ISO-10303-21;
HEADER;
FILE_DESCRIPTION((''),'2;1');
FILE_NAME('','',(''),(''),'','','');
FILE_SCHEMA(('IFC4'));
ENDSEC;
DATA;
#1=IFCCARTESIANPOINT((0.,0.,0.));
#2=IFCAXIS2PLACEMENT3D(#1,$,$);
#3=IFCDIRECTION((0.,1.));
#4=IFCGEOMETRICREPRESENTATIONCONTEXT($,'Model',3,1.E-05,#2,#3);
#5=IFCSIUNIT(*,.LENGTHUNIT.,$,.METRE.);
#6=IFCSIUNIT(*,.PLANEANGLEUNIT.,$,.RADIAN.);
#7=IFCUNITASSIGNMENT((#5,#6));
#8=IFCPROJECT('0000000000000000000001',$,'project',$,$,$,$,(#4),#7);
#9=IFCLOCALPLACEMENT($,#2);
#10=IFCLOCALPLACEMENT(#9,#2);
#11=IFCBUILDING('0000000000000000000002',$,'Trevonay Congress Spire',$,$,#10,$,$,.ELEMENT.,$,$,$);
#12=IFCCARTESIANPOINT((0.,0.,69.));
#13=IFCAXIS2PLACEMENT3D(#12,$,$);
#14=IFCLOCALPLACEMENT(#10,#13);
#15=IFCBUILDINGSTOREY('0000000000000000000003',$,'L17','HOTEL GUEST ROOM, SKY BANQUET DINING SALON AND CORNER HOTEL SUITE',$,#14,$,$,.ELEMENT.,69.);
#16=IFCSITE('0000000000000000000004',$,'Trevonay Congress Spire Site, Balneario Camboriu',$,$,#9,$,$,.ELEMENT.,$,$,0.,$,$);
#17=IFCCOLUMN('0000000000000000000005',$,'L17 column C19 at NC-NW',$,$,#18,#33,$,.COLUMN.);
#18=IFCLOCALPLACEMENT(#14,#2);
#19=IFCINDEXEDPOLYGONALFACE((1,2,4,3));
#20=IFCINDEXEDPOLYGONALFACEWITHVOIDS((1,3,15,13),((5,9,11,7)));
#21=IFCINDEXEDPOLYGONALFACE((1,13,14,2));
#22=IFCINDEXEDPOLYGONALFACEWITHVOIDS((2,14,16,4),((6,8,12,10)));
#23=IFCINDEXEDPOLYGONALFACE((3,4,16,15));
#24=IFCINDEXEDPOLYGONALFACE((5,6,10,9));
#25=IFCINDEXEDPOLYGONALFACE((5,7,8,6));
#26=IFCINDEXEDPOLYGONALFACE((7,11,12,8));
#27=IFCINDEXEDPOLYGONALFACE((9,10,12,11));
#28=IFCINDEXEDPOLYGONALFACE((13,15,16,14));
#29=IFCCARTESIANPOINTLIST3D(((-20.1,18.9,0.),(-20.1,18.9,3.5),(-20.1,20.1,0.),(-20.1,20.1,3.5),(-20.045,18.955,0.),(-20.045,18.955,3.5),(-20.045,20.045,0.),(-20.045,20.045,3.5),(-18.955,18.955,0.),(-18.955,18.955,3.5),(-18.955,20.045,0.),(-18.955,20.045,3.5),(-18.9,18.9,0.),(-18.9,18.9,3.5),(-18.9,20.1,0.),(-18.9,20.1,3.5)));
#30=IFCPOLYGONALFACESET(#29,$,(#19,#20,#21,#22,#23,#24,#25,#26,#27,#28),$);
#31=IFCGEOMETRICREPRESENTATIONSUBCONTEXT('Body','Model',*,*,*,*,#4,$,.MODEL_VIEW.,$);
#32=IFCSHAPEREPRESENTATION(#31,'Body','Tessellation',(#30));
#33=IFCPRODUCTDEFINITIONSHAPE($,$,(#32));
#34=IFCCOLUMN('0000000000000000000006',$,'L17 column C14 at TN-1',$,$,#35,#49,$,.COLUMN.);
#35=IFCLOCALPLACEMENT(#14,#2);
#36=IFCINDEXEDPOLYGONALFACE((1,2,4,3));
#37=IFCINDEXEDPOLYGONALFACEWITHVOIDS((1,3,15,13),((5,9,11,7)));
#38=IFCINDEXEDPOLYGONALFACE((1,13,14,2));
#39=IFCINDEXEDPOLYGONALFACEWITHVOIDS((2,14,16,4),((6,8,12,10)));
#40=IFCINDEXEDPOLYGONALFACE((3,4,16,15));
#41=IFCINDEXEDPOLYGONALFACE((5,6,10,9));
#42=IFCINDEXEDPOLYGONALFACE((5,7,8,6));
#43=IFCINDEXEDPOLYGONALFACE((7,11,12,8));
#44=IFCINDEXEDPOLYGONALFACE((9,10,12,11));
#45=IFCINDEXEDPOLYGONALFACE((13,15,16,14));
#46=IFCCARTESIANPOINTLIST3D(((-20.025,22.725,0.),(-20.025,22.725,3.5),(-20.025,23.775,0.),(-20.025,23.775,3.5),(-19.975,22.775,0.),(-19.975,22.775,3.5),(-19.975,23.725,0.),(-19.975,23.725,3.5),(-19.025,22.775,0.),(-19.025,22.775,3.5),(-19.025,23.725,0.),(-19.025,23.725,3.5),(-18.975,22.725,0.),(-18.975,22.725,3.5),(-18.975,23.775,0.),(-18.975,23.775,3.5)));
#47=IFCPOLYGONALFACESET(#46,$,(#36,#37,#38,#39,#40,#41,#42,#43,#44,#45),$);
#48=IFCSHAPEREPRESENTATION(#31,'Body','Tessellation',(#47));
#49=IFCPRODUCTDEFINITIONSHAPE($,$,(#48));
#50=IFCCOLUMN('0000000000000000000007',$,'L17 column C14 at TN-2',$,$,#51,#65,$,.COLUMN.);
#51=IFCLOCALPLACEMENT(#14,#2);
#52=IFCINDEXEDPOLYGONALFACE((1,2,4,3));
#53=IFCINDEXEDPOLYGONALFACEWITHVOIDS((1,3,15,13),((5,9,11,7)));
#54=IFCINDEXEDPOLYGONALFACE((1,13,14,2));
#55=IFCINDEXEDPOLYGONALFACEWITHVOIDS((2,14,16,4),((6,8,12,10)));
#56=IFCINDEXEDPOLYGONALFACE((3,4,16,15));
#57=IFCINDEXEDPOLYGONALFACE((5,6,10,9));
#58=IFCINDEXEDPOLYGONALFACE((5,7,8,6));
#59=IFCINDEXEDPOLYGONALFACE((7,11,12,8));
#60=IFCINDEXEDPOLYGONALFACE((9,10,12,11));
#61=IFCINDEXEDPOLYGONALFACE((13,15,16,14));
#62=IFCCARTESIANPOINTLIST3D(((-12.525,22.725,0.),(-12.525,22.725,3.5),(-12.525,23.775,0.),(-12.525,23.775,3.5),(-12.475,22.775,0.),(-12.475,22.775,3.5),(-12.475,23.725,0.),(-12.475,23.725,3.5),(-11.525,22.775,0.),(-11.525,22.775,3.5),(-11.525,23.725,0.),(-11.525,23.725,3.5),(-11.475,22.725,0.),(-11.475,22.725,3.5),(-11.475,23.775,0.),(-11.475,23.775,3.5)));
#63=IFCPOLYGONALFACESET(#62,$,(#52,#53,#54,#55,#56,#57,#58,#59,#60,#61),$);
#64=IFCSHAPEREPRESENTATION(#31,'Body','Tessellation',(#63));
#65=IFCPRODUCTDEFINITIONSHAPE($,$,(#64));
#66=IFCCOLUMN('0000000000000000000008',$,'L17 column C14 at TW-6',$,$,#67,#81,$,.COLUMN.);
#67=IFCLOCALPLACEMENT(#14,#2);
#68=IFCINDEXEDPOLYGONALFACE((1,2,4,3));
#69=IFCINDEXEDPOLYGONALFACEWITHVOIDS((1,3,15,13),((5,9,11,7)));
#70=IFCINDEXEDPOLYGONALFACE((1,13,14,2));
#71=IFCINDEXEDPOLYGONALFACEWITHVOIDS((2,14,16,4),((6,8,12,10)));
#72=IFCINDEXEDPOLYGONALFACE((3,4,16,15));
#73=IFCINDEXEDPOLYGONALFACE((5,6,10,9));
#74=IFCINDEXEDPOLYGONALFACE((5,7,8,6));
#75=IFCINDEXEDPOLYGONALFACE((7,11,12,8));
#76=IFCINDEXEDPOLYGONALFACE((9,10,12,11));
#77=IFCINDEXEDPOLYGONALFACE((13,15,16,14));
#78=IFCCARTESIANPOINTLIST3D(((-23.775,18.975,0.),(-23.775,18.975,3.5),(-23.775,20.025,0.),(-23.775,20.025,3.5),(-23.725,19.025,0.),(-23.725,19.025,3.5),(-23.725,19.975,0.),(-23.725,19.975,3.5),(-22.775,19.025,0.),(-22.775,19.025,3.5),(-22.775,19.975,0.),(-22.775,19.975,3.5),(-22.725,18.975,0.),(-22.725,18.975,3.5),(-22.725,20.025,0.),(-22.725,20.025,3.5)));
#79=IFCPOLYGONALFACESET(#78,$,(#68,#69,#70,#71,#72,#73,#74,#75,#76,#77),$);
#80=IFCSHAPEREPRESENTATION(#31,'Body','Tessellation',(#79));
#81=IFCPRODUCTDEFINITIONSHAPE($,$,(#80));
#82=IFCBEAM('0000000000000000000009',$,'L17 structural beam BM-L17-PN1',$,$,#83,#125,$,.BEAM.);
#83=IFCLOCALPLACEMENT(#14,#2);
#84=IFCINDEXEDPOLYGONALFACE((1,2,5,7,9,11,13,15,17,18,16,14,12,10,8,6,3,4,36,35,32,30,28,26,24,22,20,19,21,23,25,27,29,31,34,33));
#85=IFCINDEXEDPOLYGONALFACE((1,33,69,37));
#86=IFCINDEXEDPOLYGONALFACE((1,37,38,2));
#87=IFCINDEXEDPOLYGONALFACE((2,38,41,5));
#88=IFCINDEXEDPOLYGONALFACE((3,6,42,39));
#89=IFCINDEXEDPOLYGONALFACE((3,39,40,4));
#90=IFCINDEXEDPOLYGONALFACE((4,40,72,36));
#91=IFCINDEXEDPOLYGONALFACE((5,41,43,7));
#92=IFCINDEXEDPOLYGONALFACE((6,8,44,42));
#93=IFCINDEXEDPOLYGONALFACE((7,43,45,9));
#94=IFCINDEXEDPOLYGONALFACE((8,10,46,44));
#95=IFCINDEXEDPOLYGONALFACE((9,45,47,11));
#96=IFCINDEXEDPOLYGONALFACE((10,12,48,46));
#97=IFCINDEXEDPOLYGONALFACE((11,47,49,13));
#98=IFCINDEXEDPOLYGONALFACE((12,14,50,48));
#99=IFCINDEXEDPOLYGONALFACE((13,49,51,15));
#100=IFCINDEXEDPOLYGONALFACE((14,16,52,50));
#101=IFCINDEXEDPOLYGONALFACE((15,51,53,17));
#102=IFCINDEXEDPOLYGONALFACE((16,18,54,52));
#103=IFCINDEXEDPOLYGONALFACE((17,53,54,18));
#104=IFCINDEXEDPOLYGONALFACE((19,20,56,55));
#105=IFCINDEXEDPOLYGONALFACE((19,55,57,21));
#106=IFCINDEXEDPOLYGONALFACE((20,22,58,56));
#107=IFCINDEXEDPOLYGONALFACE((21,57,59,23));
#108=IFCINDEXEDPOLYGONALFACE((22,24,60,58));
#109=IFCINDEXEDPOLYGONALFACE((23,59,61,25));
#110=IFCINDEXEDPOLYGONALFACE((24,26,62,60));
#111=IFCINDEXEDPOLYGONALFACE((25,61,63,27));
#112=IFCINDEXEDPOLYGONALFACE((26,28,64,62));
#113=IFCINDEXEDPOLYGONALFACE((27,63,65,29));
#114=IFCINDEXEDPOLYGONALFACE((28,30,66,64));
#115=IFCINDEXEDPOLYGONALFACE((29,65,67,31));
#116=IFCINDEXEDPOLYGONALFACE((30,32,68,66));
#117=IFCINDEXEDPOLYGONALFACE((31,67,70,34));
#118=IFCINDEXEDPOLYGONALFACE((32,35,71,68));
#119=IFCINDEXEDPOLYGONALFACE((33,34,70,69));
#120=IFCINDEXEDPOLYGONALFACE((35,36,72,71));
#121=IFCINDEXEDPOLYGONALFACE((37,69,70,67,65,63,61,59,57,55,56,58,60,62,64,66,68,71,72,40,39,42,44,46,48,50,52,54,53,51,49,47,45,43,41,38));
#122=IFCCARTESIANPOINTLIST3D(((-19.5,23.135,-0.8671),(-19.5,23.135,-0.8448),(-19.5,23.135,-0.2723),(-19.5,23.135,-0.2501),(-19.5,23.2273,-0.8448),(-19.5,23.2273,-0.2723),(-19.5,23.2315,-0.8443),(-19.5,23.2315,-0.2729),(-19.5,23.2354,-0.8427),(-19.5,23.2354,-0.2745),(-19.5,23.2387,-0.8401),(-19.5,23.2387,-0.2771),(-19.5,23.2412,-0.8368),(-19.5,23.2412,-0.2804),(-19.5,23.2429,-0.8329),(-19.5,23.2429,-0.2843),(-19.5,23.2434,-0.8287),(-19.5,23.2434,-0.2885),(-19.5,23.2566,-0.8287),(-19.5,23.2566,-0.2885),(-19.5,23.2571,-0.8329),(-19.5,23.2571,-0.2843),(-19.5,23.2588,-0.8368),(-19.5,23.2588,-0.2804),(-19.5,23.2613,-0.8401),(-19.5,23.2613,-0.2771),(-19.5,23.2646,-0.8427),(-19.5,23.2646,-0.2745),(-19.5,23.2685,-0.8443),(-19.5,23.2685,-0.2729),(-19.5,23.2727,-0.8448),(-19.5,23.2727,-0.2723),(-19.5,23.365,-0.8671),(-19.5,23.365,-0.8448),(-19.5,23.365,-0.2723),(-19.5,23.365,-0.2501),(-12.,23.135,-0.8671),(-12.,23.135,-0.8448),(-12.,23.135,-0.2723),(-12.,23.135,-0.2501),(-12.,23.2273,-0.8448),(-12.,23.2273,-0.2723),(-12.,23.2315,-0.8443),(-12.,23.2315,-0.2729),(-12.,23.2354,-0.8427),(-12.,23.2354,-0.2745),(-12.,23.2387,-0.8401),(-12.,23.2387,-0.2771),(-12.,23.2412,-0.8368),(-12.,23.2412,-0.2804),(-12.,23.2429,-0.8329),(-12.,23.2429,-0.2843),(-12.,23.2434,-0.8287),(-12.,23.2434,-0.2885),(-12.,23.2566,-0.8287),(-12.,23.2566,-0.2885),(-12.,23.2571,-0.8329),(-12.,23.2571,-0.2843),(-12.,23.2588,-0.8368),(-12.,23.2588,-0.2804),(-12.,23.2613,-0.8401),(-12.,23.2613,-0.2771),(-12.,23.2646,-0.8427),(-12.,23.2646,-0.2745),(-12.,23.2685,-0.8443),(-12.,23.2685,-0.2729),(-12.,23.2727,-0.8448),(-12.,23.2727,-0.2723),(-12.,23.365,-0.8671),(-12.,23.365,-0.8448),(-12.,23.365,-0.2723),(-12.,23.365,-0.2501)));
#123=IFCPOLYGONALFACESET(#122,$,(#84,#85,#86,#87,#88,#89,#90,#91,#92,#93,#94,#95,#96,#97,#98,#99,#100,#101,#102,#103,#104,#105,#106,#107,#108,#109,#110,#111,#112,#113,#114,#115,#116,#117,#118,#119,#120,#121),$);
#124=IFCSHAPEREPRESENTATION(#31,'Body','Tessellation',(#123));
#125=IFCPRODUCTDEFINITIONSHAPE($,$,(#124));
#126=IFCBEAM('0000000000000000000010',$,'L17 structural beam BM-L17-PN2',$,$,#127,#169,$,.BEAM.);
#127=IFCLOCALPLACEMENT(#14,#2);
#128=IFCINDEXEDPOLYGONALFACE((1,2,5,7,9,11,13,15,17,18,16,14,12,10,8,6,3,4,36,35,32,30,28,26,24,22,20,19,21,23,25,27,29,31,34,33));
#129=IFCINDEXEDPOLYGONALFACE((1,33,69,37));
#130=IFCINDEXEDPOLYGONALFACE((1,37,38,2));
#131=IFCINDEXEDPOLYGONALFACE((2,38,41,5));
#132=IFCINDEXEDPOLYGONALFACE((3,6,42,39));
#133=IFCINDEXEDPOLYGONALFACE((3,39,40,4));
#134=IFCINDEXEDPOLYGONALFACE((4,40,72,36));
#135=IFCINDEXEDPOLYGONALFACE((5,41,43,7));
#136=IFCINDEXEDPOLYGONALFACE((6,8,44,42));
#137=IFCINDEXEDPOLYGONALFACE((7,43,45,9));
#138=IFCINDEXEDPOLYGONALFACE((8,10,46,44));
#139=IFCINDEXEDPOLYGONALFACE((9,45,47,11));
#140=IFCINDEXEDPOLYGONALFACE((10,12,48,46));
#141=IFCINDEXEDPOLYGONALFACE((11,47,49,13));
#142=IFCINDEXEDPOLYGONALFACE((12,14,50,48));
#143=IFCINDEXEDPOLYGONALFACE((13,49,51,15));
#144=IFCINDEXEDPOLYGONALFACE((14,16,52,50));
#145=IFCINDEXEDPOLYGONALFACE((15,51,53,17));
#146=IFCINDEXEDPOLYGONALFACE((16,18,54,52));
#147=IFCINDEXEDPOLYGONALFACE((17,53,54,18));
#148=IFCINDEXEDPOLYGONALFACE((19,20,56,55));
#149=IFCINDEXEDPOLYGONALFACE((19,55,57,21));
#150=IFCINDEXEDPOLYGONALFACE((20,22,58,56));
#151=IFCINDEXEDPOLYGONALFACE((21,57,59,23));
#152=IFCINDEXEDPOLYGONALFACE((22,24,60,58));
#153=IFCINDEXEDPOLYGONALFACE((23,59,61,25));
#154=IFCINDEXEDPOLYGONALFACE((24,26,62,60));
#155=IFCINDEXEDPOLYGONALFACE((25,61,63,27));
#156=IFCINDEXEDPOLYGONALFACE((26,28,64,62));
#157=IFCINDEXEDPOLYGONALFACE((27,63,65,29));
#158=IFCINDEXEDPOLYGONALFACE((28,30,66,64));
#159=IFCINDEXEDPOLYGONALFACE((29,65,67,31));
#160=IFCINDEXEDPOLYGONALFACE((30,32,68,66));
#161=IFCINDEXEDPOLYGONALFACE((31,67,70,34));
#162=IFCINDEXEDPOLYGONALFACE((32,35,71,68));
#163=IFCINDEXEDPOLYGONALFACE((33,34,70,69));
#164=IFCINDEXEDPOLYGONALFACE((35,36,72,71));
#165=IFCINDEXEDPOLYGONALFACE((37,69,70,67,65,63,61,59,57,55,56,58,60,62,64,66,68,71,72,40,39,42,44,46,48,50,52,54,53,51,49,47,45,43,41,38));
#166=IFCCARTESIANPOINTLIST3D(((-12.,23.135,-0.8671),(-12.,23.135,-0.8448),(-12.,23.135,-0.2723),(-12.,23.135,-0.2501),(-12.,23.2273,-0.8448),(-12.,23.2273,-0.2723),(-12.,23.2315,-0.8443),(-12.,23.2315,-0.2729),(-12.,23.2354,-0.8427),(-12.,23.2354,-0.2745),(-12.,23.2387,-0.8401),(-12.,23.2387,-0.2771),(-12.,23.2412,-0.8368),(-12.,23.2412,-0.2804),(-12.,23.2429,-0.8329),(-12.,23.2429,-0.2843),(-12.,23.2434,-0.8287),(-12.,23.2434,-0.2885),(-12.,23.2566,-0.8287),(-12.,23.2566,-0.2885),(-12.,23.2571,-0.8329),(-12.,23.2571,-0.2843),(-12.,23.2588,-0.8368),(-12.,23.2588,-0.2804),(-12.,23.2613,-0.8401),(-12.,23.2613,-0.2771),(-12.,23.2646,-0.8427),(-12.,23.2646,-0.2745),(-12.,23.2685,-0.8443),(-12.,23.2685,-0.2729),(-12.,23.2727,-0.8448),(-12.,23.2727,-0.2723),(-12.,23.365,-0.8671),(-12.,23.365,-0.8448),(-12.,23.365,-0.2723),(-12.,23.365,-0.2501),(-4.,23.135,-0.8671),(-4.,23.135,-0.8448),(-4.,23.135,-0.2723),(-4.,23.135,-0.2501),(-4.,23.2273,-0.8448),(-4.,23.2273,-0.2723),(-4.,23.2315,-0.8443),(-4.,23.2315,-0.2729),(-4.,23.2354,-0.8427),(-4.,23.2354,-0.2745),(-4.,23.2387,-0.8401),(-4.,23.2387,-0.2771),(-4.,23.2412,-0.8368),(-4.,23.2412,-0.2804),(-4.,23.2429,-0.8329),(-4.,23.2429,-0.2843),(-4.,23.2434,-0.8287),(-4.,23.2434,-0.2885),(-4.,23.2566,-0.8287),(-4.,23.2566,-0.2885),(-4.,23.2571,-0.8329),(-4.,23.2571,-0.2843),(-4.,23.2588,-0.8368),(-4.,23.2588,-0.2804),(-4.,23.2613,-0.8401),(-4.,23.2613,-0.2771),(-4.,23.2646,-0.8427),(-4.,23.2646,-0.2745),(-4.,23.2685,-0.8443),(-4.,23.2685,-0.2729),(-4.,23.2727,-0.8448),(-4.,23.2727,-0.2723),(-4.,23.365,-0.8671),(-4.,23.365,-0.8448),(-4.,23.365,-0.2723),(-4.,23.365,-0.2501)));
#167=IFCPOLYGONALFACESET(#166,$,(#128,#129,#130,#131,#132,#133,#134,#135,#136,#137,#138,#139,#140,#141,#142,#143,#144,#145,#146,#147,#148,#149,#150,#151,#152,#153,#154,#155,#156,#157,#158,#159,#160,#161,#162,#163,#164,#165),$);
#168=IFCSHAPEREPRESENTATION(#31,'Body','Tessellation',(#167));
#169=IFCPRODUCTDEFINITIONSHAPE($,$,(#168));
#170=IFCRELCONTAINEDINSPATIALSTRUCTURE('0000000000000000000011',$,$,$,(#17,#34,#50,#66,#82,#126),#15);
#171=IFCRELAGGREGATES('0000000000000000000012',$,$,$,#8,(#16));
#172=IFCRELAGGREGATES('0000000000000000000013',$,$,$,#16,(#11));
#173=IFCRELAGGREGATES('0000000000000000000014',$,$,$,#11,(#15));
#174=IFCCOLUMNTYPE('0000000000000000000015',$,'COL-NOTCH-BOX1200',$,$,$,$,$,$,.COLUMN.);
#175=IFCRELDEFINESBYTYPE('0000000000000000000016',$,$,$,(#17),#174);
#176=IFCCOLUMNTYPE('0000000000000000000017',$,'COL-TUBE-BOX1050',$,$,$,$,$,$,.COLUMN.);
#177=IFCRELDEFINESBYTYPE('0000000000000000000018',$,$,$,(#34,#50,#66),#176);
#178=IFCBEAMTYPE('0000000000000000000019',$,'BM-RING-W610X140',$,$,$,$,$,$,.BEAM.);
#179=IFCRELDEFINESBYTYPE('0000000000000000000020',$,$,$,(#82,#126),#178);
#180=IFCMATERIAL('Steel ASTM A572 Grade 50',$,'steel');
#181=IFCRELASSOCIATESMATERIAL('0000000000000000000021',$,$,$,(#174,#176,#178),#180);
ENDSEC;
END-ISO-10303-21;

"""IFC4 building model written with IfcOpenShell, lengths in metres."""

from ifc_helpers import new_model, si_unit, direction, frame, origin, origin_2d, place, context, subcontext, project, spatial, hollow_rectangle, i_section, extrude, material, material_profile, profile_set, type_object, element, save


model = new_model("IFC4")

# Units and contexts
model_context = context("Model", 3, precision=1e-05, world=origin(), true_north=direction((0.0, 1.0)))
body_context = subcontext(model_context, "Body", "Model", "MODEL_VIEW")
ifc_project = project(units=[si_unit("LENGTHUNIT", "METRE"), si_unit("PLANEANGLEUNIT", "RADIAN")], contexts=[model_context])

# Site, building, storey
site_placement = place(None, origin())
site = spatial("IfcSite", under=ifc_project, at=site_placement, Name="Trevonay Congress Spire Site, Balneario Camboriu", CompositionType="ELEMENT", RefElevation=0.0)
building_placement = place(site_placement, origin())
building = spatial("IfcBuilding", under=site, at=building_placement, Name="Trevonay Congress Spire", CompositionType="ELEMENT")
storey_placement = place(building_placement, frame((0.0, 0.0, 69.0)))
storey = spatial("IfcBuildingStorey", under=building, at=storey_placement, Name="L17", Description="HOTEL GUEST ROOM, SKY BANQUET DINING SALON AND CORNER HOTEL SUITE", CompositionType="ELEMENT", Elevation=69.0)

# Columns
ifc_material_1 = material(Name="Steel ASTM A572 Grade 50", Category="steel")
ifc_material_profile_1 = material_profile(ifc_material_1, hollow_rectangle(XDim=1.2, YDim=1.2, WallThickness=0.0549, at=origin_2d()), Name="BOX 1200x1200x55")
ifc_profile_set_1 = profile_set([ifc_material_profile_1], Name="Steel ASTM A572 Grade 50")
column_type_1 = type_object("IfcColumnType", Name="COL-NOTCH-BOX1200", PredefinedType="COLUMN", material=ifc_profile_set_1)
column_placement = place(storey_placement, frame((-19.5, 19.5, 0.0), z_axis=(0.0, 0.0, 1.0), x_axis=(1.0, 0.0, 0.0)))
element("IfcColumn", 1, at=column_placement, inside=storey, type_object=column_type_1, Name="L17 column C19 at NC-NW", PredefinedType="COLUMN", context=body_context, shape_type="SweptSolid", body=[
    extrude(hollow_rectangle(XDim=1.2, YDim=1.2, WallThickness=0.0549, at=origin_2d()), origin(), (0.0, 0.0, 1.0), 3.5),
])
ifc_material_profile_2 = material_profile(ifc_material_1, hollow_rectangle(XDim=1.05, YDim=1.05, WallThickness=0.05, at=origin_2d()), Name="BOX 1050x1050x50")
ifc_profile_set_2 = profile_set([ifc_material_profile_2], Name="Steel ASTM A572 Grade 50")
column_type_2 = type_object("IfcColumnType", Name="COL-TUBE-BOX1050", PredefinedType="COLUMN", material=ifc_profile_set_2)
for number, where, z_axis, x_axis, name in (
    (2, (-19.5, 23.25, 0.0), (0.0, 0.0, 1.0), (1.0, 0.0, 0.0), "L17 column C14 at TN-1"),
    (3, (-12.0, 23.25, 0.0), (0.0, 0.0, 1.0), (1.0, 0.0, 0.0), "L17 column C14 at TN-2"),
    (4, (-23.25, 19.5, 0.0), (0.0, 0.0, 1.0), (1.0, 0.0, 0.0), "L17 column C14 at TW-6"),
):
    element("IfcColumn", number, at=place(storey_placement, frame(where, z_axis=z_axis, x_axis=x_axis)), inside=storey, type_object=column_type_2, Name=name, PredefinedType="COLUMN", context=body_context, shape_type="SweptSolid", body=[
        extrude(hollow_rectangle(XDim=1.05, YDim=1.05, WallThickness=0.05, at=origin_2d()), origin(), (0.0, 0.0, 1.0), 3.5),
    ])

# Beams
ifc_material_profile_3 = material_profile(ifc_material_1, i_section(OverallWidth=0.23, OverallDepth=0.6169, WebThickness=0.0132, FlangeThickness=0.0222, FilletRadius=0.0161, at=origin_2d()), Name="W610x140")
ifc_profile_set_3 = profile_set([ifc_material_profile_3], Name="Steel ASTM A572 Grade 50")
beam_type = type_object("IfcBeamType", Name="BM-RING-W610X140", PredefinedType="BEAM", material=ifc_profile_set_3)
beam_1_placement = place(storey_placement, frame((-19.5, 23.25, -0.5586), z_axis=(1.0, 0.0, 0.0), x_axis=(0.0, 1.0, 0.0)))
element("IfcBeam", 5, at=beam_1_placement, inside=storey, type_object=beam_type, Name="L17 structural beam BM-L17-PN1", PredefinedType="BEAM", context=body_context, shape_type="SweptSolid", body=[
    extrude(i_section(OverallWidth=0.23, OverallDepth=0.6169, WebThickness=0.0132, FlangeThickness=0.0222, FilletRadius=0.0161, at=origin_2d()), origin(), (0.0, 0.0, 1.0), 7.5),
])
beam_2_placement = place(storey_placement, frame((-12.0, 23.25, -0.5586), z_axis=(1.0, 0.0, 0.0), x_axis=(0.0, 1.0, 0.0)))
element("IfcBeam", 6, at=beam_2_placement, inside=storey, type_object=beam_type, Name="L17 structural beam BM-L17-PN2", PredefinedType="BEAM", context=body_context, shape_type="SweptSolid", body=[
    extrude(i_section(OverallWidth=0.23, OverallDepth=0.6169, WebThickness=0.0132, FlangeThickness=0.0222, FilletRadius=0.0161, at=origin_2d()), origin(), (0.0, 0.0, 1.0), 8.0),
])

save(model, "model.ifc")
